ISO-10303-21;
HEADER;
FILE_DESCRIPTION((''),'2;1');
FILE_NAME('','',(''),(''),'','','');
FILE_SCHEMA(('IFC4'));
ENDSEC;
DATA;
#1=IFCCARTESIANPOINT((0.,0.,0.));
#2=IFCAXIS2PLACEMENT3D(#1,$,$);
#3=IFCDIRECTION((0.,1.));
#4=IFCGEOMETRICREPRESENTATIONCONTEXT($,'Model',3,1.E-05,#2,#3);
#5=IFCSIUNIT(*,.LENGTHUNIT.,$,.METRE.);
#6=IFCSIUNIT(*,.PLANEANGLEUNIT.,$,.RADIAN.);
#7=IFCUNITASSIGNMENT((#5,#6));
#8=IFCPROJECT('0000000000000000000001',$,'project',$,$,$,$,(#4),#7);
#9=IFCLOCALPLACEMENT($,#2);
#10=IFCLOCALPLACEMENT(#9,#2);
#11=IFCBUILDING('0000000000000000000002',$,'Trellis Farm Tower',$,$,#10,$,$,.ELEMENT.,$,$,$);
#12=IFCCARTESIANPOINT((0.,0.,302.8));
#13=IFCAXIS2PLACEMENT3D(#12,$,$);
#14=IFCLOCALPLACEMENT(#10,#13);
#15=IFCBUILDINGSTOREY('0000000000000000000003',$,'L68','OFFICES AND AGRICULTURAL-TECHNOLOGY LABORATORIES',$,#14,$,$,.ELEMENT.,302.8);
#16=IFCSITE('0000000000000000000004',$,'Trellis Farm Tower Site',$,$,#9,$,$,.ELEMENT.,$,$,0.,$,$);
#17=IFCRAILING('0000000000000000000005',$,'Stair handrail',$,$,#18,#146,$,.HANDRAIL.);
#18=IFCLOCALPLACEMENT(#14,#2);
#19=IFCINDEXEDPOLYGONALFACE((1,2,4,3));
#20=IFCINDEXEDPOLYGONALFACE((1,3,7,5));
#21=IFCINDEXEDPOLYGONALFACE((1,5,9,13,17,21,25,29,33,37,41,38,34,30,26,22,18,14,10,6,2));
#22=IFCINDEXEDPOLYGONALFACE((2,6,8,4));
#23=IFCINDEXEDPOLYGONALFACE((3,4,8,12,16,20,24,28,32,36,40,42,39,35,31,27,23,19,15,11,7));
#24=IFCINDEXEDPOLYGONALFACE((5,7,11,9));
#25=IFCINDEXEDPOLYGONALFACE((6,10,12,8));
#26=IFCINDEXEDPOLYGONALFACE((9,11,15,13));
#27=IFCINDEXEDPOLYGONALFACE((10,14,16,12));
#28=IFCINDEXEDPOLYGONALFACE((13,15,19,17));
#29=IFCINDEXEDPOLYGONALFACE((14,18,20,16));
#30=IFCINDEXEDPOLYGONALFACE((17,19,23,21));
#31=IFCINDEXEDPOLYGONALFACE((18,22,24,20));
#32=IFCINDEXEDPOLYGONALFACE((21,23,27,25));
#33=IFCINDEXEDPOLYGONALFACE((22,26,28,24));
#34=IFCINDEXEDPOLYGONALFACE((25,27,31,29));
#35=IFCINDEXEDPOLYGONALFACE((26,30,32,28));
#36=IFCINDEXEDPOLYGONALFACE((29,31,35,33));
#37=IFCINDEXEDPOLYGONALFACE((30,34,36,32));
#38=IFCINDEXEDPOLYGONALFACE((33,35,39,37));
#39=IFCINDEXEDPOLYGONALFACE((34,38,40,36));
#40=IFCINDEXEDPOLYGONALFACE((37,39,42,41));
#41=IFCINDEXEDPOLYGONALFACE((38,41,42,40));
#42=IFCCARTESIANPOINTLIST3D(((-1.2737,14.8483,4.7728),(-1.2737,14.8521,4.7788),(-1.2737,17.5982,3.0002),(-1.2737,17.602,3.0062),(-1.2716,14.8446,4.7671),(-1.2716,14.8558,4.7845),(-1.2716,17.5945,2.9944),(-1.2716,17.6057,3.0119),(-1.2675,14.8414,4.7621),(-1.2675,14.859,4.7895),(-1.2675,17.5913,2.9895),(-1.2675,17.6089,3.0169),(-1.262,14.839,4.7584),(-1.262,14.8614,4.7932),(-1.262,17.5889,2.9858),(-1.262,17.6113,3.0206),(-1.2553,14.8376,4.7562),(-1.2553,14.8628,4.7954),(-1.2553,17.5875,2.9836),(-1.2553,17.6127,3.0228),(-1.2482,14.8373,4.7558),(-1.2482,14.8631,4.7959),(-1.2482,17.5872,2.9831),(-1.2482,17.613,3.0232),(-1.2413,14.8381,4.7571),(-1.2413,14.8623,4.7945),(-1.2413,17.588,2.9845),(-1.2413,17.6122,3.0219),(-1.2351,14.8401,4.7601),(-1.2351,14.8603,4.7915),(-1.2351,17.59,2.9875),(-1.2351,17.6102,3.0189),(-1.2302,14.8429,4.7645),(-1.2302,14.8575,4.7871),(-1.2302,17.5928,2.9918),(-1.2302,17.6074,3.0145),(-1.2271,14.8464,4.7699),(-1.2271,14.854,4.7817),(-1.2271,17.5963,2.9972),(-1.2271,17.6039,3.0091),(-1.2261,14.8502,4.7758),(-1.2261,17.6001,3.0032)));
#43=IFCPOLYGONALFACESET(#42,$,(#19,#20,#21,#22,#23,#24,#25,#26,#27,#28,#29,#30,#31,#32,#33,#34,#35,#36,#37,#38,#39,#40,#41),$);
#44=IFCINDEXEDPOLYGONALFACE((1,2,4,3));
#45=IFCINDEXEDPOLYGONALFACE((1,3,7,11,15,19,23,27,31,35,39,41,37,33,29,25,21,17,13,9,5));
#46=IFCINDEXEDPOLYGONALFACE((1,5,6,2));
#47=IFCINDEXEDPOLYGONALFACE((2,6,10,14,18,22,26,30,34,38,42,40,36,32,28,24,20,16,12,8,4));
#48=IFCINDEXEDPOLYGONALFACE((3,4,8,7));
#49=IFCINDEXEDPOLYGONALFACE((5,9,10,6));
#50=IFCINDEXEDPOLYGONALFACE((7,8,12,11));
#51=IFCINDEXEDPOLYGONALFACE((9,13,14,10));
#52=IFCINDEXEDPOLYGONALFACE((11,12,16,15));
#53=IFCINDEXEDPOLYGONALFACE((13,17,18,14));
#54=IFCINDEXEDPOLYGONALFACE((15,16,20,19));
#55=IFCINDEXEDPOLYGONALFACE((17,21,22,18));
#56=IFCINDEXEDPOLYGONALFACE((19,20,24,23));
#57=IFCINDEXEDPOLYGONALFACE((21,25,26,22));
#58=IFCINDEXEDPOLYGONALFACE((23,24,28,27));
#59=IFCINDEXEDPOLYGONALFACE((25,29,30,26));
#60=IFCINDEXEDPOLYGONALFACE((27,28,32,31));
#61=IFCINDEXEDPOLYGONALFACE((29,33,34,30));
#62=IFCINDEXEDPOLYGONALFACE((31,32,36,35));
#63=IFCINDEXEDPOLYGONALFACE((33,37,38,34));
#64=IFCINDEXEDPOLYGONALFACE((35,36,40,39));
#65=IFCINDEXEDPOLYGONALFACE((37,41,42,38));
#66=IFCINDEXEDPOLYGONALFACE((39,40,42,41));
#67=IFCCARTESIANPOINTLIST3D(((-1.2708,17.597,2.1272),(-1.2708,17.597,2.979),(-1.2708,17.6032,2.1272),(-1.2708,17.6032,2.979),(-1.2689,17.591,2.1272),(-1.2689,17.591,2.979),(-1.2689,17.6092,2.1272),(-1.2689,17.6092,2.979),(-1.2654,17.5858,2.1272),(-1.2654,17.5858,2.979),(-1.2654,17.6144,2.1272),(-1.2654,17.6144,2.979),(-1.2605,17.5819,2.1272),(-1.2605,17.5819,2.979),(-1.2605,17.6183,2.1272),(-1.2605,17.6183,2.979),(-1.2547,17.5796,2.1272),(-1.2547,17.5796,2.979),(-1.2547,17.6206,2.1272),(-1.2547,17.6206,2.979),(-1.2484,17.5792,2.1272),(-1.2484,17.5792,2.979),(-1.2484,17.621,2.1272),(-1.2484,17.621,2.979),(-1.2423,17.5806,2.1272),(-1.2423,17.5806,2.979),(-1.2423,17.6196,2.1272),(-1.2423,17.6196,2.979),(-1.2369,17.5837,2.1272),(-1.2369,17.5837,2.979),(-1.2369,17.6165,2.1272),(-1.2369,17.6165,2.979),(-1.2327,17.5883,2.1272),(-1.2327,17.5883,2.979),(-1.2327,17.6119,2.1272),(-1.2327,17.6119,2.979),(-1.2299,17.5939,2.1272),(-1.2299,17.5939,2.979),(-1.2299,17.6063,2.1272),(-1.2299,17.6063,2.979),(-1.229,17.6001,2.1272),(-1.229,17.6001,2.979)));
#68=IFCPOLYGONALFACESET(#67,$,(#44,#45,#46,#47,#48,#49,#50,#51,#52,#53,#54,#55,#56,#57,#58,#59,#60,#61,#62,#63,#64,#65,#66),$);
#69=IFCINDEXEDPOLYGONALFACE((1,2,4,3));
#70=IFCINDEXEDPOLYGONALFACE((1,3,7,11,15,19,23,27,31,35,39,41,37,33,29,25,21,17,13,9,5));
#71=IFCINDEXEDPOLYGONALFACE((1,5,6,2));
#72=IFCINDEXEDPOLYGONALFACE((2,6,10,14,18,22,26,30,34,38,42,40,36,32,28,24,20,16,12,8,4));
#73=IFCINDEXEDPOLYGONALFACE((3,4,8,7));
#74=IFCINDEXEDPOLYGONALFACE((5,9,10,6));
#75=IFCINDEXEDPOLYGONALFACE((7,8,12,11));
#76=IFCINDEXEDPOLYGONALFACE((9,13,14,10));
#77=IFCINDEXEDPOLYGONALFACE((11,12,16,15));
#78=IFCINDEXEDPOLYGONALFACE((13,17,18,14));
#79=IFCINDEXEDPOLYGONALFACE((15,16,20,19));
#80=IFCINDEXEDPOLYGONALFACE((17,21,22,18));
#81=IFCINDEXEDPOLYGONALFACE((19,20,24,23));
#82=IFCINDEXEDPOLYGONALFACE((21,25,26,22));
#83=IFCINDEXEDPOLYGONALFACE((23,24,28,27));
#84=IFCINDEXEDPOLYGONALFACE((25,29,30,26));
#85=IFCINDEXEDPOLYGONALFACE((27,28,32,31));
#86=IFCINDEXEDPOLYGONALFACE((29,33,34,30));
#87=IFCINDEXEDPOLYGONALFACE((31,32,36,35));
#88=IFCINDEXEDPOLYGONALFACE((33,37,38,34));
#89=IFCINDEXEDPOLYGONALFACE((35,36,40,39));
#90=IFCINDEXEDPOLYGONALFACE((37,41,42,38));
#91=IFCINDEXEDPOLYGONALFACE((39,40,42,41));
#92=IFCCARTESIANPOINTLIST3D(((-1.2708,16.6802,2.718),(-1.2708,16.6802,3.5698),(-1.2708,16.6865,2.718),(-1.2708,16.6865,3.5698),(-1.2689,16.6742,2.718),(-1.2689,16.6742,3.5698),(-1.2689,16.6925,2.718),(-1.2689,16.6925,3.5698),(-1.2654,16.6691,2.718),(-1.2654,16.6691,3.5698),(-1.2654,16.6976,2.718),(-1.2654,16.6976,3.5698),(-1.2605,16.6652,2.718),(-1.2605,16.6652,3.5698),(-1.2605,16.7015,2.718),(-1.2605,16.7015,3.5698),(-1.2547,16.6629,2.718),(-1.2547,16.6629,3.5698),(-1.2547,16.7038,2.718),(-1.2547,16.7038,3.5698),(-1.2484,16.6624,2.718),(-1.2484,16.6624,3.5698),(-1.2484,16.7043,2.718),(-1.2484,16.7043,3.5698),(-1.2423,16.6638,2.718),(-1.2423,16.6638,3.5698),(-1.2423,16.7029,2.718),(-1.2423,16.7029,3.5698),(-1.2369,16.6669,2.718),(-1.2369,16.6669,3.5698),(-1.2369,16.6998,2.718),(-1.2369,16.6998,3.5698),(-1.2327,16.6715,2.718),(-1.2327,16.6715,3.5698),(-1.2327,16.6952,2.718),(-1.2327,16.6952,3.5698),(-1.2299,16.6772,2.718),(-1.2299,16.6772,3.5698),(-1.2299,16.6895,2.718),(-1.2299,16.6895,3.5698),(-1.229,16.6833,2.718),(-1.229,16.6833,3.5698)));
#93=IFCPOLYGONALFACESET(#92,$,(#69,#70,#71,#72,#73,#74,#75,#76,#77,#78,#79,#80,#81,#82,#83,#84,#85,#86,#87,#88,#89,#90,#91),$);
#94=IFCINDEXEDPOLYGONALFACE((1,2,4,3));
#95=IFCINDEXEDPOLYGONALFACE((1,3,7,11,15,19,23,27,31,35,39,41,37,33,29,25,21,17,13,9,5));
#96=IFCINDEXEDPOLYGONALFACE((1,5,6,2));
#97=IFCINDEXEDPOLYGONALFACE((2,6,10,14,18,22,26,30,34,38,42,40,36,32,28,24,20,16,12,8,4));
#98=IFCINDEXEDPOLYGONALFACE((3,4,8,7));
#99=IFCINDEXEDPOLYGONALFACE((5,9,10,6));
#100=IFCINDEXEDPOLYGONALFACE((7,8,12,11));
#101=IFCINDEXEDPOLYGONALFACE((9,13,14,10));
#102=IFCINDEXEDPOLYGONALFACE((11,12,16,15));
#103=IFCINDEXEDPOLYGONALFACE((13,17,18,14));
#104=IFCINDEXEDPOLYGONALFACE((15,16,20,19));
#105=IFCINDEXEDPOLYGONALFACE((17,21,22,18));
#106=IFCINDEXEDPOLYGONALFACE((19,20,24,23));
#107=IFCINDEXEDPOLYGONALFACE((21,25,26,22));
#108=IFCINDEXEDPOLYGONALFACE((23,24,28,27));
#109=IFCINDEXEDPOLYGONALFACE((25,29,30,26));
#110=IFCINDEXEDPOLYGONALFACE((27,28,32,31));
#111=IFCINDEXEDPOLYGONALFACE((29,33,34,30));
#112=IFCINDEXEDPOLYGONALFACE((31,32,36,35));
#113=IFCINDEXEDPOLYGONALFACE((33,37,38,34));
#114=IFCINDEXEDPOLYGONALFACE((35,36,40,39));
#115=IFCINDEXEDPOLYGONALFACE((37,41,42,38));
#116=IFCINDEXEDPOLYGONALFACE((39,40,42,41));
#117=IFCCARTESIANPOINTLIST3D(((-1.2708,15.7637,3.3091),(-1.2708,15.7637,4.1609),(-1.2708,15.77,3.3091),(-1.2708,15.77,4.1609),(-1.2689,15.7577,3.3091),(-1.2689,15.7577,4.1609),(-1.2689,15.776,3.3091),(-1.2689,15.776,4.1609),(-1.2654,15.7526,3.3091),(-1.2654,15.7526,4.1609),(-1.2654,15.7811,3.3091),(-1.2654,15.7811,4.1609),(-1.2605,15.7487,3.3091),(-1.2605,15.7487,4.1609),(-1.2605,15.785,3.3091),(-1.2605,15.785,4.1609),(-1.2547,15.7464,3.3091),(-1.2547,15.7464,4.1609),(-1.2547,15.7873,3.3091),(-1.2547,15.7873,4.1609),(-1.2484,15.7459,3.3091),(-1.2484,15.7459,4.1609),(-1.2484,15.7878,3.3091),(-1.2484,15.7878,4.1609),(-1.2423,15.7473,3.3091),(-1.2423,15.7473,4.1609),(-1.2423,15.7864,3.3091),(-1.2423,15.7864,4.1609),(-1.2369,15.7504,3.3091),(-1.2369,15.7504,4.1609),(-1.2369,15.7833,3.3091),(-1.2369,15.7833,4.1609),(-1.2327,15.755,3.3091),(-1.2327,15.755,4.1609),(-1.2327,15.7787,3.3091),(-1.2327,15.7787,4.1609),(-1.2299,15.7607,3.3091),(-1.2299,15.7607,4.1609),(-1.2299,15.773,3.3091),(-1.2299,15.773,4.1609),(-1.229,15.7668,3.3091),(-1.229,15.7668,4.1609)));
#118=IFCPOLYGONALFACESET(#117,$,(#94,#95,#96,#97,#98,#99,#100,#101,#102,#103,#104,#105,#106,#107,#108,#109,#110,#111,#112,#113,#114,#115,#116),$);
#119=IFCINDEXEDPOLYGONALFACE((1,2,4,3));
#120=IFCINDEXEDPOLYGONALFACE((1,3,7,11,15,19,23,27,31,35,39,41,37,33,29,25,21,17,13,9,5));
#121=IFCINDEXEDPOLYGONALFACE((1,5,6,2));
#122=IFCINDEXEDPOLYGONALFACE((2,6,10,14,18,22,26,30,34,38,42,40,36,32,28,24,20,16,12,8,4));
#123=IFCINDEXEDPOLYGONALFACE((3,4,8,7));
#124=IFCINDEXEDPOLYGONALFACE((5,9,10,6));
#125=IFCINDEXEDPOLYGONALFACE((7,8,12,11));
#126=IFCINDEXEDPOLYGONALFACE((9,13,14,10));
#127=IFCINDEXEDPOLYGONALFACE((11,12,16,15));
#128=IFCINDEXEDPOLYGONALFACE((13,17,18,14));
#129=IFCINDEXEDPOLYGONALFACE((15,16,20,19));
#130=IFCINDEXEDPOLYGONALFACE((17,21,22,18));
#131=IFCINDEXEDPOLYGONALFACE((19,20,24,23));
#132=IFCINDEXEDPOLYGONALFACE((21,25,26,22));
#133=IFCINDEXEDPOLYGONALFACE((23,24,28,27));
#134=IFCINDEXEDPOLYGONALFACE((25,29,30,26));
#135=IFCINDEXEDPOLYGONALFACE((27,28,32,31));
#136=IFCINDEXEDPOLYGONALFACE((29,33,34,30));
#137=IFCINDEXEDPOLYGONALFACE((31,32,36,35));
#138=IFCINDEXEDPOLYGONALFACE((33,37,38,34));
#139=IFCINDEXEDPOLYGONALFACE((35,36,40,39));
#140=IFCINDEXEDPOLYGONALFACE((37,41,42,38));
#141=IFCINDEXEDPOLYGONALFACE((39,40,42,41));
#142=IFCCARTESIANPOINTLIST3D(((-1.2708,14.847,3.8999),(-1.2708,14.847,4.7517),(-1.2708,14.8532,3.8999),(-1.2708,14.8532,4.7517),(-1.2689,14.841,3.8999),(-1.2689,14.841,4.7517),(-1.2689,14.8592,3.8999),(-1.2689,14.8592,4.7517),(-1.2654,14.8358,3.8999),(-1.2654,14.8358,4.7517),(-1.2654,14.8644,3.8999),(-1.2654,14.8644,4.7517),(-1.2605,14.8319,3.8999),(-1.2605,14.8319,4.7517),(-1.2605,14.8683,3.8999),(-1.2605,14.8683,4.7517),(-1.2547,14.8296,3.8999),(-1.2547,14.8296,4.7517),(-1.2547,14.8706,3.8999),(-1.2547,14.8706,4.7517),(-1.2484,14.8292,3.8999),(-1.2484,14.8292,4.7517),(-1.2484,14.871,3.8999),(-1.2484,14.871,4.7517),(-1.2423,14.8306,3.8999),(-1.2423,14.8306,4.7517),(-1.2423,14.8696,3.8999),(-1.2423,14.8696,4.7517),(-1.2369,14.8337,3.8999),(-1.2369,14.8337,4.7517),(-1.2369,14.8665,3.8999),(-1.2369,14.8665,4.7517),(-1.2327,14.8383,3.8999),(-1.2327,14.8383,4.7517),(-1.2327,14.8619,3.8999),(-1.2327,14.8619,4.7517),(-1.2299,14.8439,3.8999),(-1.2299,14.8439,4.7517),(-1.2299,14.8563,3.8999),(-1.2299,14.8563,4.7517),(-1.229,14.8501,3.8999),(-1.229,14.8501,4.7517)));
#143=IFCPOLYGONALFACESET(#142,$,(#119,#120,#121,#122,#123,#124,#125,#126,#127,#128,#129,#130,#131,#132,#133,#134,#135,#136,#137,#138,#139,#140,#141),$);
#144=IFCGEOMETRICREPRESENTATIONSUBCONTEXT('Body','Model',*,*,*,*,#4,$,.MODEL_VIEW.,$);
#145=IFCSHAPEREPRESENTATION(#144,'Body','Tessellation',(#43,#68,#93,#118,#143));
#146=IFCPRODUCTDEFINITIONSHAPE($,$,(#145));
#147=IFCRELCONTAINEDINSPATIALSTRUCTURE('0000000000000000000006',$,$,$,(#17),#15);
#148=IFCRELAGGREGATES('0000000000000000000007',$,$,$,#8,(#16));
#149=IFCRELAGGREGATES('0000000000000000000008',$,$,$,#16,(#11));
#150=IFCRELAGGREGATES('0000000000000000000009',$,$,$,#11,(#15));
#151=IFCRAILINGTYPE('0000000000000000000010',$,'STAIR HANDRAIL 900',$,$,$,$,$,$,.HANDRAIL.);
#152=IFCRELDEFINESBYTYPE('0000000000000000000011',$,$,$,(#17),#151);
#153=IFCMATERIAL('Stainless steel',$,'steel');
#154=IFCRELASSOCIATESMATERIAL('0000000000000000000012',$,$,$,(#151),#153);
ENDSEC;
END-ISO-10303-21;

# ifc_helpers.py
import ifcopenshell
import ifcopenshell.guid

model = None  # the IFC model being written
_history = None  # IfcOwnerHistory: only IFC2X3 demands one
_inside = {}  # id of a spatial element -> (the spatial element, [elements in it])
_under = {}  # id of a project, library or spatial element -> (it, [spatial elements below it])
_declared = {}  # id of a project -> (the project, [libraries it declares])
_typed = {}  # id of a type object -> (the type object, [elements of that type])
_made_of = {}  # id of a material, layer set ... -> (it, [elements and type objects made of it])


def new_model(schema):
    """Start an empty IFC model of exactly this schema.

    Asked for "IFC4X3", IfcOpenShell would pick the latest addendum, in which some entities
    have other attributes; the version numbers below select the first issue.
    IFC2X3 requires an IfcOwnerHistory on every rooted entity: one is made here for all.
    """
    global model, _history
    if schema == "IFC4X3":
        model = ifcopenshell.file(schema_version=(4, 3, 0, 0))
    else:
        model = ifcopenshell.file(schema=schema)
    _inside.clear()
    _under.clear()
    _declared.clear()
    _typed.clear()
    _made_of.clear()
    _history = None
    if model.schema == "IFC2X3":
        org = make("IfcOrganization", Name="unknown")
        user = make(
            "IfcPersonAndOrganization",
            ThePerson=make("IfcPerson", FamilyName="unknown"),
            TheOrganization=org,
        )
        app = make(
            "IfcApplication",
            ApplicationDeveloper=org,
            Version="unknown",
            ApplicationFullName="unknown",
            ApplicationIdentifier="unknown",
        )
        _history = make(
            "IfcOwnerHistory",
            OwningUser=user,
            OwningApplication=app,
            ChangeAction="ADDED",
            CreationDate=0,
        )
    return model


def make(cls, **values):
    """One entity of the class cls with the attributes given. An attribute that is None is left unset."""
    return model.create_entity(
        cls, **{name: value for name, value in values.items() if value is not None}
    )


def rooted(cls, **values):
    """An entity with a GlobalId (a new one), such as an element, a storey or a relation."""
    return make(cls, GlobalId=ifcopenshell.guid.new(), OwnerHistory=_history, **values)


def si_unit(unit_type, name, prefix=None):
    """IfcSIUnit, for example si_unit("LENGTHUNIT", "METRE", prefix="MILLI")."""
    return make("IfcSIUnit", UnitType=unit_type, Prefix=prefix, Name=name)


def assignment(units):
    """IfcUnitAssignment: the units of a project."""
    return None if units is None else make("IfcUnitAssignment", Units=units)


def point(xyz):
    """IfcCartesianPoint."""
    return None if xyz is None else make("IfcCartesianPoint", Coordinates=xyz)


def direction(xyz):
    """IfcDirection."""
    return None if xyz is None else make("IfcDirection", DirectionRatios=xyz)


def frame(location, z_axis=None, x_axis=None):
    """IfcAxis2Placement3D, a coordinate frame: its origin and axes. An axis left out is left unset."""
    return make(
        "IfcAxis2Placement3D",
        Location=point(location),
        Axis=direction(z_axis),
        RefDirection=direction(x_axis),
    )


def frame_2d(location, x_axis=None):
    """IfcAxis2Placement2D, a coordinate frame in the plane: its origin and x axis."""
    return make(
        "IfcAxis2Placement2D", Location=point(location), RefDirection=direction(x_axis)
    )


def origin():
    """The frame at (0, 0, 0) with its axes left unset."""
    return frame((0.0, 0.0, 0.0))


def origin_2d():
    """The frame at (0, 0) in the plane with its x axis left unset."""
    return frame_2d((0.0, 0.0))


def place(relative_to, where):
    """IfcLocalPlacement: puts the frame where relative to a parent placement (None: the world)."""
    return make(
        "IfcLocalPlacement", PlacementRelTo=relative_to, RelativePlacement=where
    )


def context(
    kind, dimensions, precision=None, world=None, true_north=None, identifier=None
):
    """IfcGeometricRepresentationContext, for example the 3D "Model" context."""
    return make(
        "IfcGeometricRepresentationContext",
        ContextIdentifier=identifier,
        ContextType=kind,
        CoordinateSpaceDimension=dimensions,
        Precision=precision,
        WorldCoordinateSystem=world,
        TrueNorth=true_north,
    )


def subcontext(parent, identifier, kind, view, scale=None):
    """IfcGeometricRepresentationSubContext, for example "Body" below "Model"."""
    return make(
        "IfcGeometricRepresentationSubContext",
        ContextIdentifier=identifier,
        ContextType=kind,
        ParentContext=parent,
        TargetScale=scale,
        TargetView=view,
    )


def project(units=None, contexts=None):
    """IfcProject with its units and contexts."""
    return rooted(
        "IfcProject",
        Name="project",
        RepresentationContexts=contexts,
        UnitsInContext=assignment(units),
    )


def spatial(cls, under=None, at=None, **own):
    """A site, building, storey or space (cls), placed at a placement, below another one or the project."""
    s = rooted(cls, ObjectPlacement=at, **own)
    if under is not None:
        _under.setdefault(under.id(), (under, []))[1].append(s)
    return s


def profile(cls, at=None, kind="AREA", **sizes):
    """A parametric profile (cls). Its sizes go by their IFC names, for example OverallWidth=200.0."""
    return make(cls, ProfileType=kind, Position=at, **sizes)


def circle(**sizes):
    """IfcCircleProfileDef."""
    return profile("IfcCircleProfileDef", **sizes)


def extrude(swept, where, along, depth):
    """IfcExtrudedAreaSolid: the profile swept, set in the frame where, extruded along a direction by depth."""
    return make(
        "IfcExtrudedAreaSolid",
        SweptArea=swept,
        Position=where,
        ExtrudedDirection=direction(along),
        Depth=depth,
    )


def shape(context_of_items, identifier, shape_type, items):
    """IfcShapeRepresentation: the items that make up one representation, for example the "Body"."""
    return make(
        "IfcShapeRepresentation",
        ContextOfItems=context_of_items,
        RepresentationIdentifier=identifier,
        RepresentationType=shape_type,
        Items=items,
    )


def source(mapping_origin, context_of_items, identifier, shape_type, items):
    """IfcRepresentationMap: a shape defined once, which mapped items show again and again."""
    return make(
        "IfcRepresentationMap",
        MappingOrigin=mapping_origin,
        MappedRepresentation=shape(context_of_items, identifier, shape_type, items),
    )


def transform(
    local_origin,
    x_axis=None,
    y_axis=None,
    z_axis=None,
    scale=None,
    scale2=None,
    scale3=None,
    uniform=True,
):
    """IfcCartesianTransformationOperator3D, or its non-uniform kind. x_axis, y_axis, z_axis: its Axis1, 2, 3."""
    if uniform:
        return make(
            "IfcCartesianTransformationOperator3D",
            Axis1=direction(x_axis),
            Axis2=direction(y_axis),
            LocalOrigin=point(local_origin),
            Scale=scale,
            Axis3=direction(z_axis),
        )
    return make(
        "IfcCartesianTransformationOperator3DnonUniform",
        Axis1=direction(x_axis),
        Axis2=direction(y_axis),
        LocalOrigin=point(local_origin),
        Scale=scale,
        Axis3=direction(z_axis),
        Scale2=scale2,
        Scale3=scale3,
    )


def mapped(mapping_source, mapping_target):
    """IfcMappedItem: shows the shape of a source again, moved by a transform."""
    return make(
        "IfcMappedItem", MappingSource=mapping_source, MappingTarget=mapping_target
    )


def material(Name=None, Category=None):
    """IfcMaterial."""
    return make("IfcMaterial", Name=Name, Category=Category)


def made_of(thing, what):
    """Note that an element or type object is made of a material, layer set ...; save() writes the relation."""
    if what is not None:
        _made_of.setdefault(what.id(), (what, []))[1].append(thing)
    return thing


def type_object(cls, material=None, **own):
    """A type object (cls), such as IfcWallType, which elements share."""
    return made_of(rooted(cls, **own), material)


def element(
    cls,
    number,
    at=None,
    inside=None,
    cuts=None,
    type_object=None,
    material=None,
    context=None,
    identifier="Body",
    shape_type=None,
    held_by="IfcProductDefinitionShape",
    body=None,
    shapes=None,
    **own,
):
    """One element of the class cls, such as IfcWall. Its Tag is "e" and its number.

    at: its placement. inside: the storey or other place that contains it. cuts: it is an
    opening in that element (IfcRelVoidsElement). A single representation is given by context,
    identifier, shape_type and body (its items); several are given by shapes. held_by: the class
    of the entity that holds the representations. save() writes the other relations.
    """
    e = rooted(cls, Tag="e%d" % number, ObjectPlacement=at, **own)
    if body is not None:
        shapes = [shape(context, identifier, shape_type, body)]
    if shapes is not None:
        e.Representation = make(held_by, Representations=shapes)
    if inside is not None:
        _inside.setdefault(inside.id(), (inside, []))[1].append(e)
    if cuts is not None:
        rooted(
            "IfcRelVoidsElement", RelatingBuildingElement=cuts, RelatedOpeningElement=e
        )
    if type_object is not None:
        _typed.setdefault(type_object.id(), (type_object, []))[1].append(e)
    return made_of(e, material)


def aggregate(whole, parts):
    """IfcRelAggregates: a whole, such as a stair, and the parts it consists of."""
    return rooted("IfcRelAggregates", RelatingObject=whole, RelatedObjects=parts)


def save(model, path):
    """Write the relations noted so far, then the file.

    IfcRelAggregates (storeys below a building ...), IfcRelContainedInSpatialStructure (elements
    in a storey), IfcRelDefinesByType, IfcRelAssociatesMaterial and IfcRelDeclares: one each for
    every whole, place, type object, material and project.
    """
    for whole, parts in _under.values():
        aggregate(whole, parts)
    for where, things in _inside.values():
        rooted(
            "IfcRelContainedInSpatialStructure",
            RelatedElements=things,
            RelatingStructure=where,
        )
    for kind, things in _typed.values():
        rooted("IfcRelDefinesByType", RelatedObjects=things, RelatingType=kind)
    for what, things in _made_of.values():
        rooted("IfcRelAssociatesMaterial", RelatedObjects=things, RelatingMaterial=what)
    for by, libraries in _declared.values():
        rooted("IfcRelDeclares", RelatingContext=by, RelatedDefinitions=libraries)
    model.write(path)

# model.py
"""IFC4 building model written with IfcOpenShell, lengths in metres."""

from ifc_helpers import new_model, si_unit, direction, frame, origin, origin_2d, place, context, subcontext, project, spatial, circle, extrude, source, transform, mapped, material, type_object, element, save


model = new_model("IFC4")

# Units and contexts
model_context = context("Model", 3, precision=1e-05, world=origin(), true_north=direction((0.0, 1.0)))
body_context = subcontext(model_context, "Body", "Model", "MODEL_VIEW")
ifc_project = project(units=[si_unit("LENGTHUNIT", "METRE"), si_unit("PLANEANGLEUNIT", "RADIAN")], contexts=[model_context])

# Site, building, storey
site_placement = place(None, origin())
site = spatial("IfcSite", under=ifc_project, at=site_placement, Name="Trellis Farm Tower Site", CompositionType="ELEMENT", RefElevation=0.0)
building_placement = place(site_placement, origin())
building = spatial("IfcBuilding", under=site, at=building_placement, Name="Trellis Farm Tower", CompositionType="ELEMENT")
storey_placement = place(building_placement, frame((0.0, 0.0, 302.8)))
storey = spatial("IfcBuildingStorey", under=building, at=storey_placement, Name="L68", Description="OFFICES AND AGRICULTURAL-TECHNOLOGY LABORATORIES", CompositionType="ELEMENT", Elevation=302.8)

# Railing
ifc_material_1 = material(Name="Stainless steel", Category="steel")
railing_type = type_object("IfcRailingType", Name="STAIR HANDRAIL 900", PredefinedType="HANDRAIL", material=ifc_material_1)
shared_shape_1 = source(origin(), body_context, "Body", "SweptSolid", [
    extrude(circle(Radius=0.0239, at=origin_2d()), frame((0.0, 0.0, 0.876), z_axis=(0.0, -0.840504, 0.541806), x_axis=(1.0, 0.0, 0.0)), (0.0, 0.0, 1.0), 3.2717),
    extrude(circle(Radius=0.021, at=origin_2d()), origin(), (0.0, 0.0, 1.0), 0.8518),
    extrude(circle(Radius=0.021, at=origin_2d()), frame((0.0, -0.9167, 0.5908)), (0.0, 0.0, 1.0), 0.8518),
    extrude(circle(Radius=0.021, at=origin_2d()), frame((0.0, -1.8333, 1.1819)), (0.0, 0.0, 1.0), 0.8518),
    extrude(circle(Radius=0.021, at=origin_2d()), frame((0.0, -2.75, 1.7727)), (0.0, 0.0, 1.0), 0.8518),
])
railing_placement = place(storey_placement, frame((-1.25, 17.6001, 2.1272)))
element("IfcRailing", 1, at=railing_placement, inside=storey, type_object=railing_type, Name="Stair handrail", PredefinedType="HANDRAIL", context=body_context, shape_type="MappedRepresentation", body=[
    mapped(shared_shape_1, transform((0.0, 0.0, 0.0))),
])

save(model, "model.ifc")
